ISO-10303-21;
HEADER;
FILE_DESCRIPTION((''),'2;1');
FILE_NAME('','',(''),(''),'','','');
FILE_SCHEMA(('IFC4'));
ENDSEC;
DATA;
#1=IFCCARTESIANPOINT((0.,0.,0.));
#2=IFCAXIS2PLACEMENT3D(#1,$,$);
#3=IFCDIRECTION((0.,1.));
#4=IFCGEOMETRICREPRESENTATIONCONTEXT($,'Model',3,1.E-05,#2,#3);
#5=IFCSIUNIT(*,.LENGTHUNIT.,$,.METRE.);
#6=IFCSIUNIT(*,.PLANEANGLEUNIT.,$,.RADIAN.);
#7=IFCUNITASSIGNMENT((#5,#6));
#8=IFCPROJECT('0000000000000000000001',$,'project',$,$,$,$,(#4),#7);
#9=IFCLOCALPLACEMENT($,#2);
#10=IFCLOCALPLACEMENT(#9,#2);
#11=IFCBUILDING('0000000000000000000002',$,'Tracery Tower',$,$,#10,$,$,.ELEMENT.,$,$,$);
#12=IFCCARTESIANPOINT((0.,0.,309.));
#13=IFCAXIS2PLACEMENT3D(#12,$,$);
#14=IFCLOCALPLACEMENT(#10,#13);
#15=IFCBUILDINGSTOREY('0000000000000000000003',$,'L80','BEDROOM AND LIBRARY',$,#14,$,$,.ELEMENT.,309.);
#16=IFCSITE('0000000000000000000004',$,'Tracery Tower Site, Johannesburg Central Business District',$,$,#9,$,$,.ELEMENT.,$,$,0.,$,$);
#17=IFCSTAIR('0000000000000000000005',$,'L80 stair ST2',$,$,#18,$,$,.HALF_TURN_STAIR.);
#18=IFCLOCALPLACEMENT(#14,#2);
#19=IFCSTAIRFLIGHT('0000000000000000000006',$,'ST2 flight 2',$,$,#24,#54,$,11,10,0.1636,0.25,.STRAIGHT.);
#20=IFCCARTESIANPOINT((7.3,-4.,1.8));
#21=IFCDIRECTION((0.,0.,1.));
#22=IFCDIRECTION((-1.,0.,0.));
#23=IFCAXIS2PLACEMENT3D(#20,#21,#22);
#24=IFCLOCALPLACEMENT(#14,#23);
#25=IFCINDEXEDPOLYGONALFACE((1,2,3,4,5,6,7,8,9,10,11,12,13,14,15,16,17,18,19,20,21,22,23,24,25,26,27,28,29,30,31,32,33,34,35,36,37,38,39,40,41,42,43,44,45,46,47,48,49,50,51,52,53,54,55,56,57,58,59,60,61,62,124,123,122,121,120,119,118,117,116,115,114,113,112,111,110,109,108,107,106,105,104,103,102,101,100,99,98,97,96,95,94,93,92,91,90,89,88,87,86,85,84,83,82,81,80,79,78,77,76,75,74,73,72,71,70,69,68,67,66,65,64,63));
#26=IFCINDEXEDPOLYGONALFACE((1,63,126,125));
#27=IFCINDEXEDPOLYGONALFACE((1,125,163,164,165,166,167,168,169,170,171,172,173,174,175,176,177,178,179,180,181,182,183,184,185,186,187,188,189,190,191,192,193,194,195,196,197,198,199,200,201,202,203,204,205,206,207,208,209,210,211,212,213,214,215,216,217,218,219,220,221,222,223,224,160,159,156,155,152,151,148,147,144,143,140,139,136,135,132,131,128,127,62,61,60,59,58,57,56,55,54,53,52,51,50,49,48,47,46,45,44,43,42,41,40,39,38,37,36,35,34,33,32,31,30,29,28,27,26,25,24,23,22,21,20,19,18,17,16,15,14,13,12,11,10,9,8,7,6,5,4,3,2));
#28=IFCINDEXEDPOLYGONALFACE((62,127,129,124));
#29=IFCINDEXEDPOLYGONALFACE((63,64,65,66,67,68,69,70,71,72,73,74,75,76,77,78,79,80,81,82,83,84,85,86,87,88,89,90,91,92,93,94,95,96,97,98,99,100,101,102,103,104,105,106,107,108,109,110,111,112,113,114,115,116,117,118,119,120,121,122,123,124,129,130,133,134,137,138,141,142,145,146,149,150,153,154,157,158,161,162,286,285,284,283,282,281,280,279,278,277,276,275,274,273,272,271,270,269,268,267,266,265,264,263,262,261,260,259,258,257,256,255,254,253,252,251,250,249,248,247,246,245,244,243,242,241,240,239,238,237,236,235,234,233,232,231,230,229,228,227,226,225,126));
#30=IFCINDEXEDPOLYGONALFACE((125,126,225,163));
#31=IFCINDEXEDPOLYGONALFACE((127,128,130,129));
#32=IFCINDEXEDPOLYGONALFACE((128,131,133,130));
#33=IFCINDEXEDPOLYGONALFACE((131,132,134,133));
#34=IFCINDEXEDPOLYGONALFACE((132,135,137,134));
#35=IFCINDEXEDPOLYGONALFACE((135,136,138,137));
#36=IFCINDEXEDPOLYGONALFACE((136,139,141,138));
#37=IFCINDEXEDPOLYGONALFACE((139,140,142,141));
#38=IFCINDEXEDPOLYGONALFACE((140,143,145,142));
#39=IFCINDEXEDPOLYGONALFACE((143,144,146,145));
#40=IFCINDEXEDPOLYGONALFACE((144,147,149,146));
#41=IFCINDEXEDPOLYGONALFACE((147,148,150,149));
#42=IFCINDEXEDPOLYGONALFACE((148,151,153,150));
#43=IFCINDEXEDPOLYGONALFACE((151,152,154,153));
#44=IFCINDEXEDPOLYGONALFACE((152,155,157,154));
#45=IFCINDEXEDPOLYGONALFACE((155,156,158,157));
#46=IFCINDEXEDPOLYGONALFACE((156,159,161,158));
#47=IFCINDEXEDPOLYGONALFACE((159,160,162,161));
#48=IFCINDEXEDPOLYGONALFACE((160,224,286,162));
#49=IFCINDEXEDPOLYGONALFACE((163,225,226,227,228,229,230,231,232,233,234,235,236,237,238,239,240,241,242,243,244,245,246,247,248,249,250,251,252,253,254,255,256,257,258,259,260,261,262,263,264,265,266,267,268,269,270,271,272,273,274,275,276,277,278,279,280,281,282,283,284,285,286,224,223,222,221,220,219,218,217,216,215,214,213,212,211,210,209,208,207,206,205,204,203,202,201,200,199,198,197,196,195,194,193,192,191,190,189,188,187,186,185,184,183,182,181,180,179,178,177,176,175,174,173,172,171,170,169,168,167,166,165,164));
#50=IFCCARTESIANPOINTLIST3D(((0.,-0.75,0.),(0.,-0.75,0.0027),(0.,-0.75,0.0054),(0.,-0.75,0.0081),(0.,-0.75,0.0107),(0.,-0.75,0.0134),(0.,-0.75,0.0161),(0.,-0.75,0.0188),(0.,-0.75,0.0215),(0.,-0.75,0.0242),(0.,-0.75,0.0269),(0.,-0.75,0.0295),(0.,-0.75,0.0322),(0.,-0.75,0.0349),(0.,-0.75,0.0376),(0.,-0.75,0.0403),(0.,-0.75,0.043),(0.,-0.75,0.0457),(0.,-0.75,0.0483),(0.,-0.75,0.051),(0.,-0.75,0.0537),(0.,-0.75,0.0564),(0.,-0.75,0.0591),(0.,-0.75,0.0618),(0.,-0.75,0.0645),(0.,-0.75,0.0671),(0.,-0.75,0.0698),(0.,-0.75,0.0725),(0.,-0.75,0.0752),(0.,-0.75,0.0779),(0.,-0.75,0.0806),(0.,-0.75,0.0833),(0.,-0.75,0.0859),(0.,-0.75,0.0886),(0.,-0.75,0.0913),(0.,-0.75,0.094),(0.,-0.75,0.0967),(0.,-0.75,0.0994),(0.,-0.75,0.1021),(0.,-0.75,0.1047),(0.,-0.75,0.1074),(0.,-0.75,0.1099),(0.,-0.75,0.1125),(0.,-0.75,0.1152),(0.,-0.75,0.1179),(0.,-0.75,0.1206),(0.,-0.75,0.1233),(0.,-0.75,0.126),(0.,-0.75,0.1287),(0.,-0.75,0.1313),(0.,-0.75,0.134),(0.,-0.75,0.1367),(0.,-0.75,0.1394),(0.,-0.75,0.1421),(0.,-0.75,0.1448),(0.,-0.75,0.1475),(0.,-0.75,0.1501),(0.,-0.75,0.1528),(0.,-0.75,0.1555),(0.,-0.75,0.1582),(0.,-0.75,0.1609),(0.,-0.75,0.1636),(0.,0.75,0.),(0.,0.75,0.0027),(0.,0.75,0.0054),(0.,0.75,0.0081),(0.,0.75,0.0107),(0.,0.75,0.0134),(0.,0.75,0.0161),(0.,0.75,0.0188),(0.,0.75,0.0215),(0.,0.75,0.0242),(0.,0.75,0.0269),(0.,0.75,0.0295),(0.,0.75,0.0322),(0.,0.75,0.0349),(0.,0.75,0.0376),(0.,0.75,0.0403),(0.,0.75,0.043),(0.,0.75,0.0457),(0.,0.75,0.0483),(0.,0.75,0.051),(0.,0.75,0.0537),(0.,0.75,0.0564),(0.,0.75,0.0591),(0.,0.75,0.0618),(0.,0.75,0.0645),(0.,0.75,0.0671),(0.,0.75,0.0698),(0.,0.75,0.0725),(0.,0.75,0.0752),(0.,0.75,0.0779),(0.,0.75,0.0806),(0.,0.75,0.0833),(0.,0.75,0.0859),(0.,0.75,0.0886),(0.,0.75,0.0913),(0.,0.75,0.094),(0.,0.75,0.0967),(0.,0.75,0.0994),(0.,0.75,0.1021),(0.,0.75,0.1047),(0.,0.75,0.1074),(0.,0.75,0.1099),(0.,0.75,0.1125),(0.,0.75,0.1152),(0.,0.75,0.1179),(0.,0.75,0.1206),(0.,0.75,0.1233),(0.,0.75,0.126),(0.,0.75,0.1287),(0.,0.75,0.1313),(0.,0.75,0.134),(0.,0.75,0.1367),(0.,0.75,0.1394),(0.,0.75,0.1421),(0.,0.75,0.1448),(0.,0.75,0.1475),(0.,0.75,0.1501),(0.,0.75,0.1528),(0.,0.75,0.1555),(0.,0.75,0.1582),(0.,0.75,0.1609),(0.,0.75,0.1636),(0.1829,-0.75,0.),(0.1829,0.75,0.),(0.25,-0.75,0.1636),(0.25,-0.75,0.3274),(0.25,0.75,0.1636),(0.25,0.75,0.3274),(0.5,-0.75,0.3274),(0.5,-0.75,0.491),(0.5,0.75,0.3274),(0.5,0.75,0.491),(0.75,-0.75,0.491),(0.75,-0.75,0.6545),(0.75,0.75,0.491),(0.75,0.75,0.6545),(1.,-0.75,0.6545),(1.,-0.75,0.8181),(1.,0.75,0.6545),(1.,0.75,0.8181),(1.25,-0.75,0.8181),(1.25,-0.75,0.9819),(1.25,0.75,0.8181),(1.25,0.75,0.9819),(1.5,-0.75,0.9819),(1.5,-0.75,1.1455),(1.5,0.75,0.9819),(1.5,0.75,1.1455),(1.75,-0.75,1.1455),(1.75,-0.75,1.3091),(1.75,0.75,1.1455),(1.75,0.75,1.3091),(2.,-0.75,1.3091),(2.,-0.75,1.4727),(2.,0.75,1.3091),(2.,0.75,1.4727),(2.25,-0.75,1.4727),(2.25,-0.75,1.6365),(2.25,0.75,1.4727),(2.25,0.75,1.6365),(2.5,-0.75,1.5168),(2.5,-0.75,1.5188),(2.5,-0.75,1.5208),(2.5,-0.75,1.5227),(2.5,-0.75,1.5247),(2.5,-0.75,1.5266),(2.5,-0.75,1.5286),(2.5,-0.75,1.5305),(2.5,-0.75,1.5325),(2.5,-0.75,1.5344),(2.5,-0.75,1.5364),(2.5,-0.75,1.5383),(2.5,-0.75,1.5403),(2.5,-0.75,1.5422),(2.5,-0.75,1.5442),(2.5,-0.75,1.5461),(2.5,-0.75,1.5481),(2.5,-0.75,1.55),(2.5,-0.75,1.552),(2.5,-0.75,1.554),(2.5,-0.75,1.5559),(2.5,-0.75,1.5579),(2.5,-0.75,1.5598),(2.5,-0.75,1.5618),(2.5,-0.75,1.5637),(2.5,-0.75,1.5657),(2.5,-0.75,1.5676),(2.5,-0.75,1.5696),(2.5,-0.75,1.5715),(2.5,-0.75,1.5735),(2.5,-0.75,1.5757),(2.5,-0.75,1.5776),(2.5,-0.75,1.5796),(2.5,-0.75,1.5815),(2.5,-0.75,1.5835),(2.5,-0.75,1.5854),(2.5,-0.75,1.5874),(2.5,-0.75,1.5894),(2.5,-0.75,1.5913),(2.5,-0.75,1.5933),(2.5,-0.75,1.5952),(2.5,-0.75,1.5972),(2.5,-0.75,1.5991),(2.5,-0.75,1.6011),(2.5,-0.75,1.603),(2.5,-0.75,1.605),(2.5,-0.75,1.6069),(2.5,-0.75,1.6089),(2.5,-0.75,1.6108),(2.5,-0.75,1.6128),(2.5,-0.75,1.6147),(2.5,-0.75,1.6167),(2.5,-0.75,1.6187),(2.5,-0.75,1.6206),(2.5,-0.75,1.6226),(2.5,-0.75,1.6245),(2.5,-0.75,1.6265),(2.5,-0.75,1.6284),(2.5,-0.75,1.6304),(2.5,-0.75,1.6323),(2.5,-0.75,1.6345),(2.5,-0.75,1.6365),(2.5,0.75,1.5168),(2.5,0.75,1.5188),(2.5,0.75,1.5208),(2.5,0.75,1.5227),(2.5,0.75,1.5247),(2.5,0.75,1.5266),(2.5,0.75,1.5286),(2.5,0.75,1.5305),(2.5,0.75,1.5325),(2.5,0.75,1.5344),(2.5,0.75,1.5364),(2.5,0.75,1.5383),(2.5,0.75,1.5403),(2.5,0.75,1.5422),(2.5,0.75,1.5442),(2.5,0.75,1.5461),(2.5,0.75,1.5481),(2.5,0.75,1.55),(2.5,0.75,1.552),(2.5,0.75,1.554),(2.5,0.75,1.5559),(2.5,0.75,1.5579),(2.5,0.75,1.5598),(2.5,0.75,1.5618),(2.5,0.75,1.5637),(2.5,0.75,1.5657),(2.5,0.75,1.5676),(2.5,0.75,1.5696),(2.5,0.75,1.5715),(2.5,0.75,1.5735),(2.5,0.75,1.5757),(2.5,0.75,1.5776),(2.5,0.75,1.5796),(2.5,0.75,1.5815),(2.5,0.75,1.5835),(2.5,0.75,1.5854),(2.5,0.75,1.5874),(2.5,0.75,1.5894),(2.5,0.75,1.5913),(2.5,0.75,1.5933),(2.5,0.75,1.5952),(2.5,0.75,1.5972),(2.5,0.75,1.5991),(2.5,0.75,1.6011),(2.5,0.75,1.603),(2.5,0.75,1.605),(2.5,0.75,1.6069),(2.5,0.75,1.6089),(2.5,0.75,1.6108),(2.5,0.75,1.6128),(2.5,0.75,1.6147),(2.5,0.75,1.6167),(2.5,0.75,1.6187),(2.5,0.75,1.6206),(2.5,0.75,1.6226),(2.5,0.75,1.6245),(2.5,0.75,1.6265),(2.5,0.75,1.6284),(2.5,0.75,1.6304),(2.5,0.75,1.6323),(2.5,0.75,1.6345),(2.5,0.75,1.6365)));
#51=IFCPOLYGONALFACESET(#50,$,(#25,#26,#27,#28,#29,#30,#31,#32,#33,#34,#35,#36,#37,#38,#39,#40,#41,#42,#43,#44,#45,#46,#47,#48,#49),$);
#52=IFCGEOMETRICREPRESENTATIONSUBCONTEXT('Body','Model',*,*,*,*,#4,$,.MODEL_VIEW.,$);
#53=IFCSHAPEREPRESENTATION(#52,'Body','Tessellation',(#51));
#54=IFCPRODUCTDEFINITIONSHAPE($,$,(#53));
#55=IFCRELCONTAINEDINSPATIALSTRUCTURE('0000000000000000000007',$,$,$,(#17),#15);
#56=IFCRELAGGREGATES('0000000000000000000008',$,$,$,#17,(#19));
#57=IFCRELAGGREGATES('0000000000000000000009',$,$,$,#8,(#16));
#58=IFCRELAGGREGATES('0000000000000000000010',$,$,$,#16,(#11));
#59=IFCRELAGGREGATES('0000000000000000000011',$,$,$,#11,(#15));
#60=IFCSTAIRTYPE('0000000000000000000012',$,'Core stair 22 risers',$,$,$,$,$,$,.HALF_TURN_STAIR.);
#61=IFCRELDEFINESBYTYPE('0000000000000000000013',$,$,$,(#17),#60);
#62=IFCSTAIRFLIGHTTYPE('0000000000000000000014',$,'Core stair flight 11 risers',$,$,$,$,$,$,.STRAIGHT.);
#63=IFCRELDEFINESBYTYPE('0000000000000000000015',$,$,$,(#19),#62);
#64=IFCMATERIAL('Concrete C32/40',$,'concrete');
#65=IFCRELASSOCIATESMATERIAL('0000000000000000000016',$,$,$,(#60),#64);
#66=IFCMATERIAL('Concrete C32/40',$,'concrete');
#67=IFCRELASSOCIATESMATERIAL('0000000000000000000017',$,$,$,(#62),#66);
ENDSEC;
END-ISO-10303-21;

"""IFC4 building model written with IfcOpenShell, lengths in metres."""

from ifc_helpers import new_model, si_unit, direction, frame, origin, place, context, subcontext, project, spatial, polyline, outline, extrude, material, type_object, element, aggregate, save


model = new_model("IFC4")

# Units and contexts
model_context = context("Model", 3, precision=1e-05, world=origin(), true_north=direction((0.0, 1.0)))
body_context = subcontext(model_context, "Body", "Model", "MODEL_VIEW")
ifc_project = project(units=[si_unit("LENGTHUNIT", "METRE"), si_unit("PLANEANGLEUNIT", "RADIAN")], contexts=[model_context])

# Site, building, storey
site_placement = place(None, origin())
site = spatial("IfcSite", under=ifc_project, at=site_placement, Name="Tracery Tower Site, Johannesburg Central Business District", CompositionType="ELEMENT", RefElevation=0.0)
building_placement = place(site_placement, origin())
building = spatial("IfcBuilding", under=site, at=building_placement, Name="Tracery Tower", CompositionType="ELEMENT")
storey_placement = place(building_placement, frame((0.0, 0.0, 309.0)))
storey = spatial("IfcBuildingStorey", under=building, at=storey_placement, Name="L80", Description="BEDROOM AND LIBRARY", CompositionType="ELEMENT", Elevation=309.0)

# Stair, stair flight
ifc_material_1 = material(Name="Concrete C32/40", Category="concrete")
stair_type = type_object("IfcStairType", Name="Core stair 22 risers", PredefinedType="HALF_TURN_STAIR", material=ifc_material_1)
stair_placement = place(storey_placement, origin())
stair = element("IfcStair", 1, at=stair_placement, inside=storey, type_object=stair_type, Name="L80 stair ST2", PredefinedType="HALF_TURN_STAIR")
ifc_material_2 = material(Name="Concrete C32/40", Category="concrete")
stair_flight_type = type_object("IfcStairFlightType", Name="Core stair flight 11 risers", PredefinedType="STRAIGHT", material=ifc_material_2)
stair_flight_placement = place(storey_placement, frame((7.3, -4.0, 1.8), z_axis=(0.0, 0.0, 1.0), x_axis=(-1.0, 0.0, 0.0)))
stair_flight = element("IfcStairFlight", 2, at=stair_flight_placement, type_object=stair_flight_type, Name="ST2 flight 2", NumberOfRisers=11, NumberOfTreads=10, PredefinedType="STRAIGHT", RiserHeight=0.1636, TreadLength=0.25, context=body_context, shape_type="SweptSolid", body=[
    extrude(outline(polyline([(0.0, 0.0), (0.0, 0.0027), (0.0, 0.0054), (0.0, 0.0081), (0.0, 0.0107), (0.0, 0.0134), (0.0, 0.0161), (0.0, 0.0188), (0.0, 0.0215), (0.0, 0.0242), (0.0, 0.0269), (0.0, 0.0295), (0.0, 0.0322), (0.0, 0.0349), (0.0, 0.0376), (0.0, 0.0403), (0.0, 0.043), (0.0, 0.0457), (0.0, 0.0483), (0.0, 0.051), (0.0, 0.0537), (0.0, 0.0564), (0.0, 0.0591), (0.0, 0.0618), (0.0, 0.0645), (0.0, 0.0671), (0.0, 0.0698), (0.0, 0.0725), (0.0, 0.0752), (0.0, 0.0779), (0.0, 0.0806), (0.0, 0.0833), (0.0, 0.0859), (0.0, 0.0886), (0.0, 0.0913), (0.0, 0.094), (0.0, 0.0967), (0.0, 0.0994), (0.0, 0.1021), (0.0, 0.1047), (0.0, 0.1074), (0.0, 0.1099), (0.0, 0.1125), (0.0, 0.1152), (0.0, 0.1179), (0.0, 0.1206), (0.0, 0.1233), (0.0, 0.126), (0.0, 0.1287), (0.0, 0.1313), (0.0, 0.134), (0.0, 0.1367), (0.0, 0.1394), (0.0, 0.1421), (0.0, 0.1448), (0.0, 0.1475), (0.0, 0.1501), (0.0, 0.1528), (0.0, 0.1555), (0.0, 0.1582), (0.0, 0.1609), (0.0, 0.1636), (0.25, 0.1636), (0.25, 0.3274), (0.5, 0.3274), (0.5, 0.491), (0.75, 0.491), (0.75, 0.6545), (1.0, 0.6545), (1.0, 0.8181), (1.25, 0.8181), (1.25, 0.9819), (1.5, 0.9819), (1.5, 1.1455), (1.75, 1.1455), (1.75, 1.3091), (2.0, 1.3091), (2.0, 1.4727), (2.25, 1.4727), (2.25, 1.6365), (2.5, 1.6365), (2.5, 1.6345), (2.5, 1.6323), (2.5, 1.6304), (2.5, 1.6284), (2.5, 1.6265), (2.5, 1.6245), (2.5, 1.6226), (2.5, 1.6206), (2.5, 1.6187), (2.5, 1.6167), (2.5, 1.6147), (2.5, 1.6128), (2.5, 1.6108), (2.5, 1.6089), (2.5, 1.6069), (2.5, 1.605), (2.5, 1.603), (2.5, 1.6011), (2.5, 1.5991), (2.5, 1.5972), (2.5, 1.5952), (2.5, 1.5933), (2.5, 1.5913), (2.5, 1.5894), (2.5, 1.5874), (2.5, 1.5854), (2.5, 1.5835), (2.5, 1.5815), (2.5, 1.5796), (2.5, 1.5776), (2.5, 1.5757), (2.5, 1.5735), (2.5, 1.5715), (2.5, 1.5696), (2.5, 1.5676), (2.5, 1.5657), (2.5, 1.5637), (2.5, 1.5618), (2.5, 1.5598), (2.5, 1.5579), (2.5, 1.5559), (2.5, 1.554), (2.5, 1.552), (2.5, 1.55), (2.5, 1.5481), (2.5, 1.5461), (2.5, 1.5442), (2.5, 1.5422), (2.5, 1.5403), (2.5, 1.5383), (2.5, 1.5364), (2.5, 1.5344), (2.5, 1.5325), (2.5, 1.5305), (2.5, 1.5286), (2.5, 1.5266), (2.5, 1.5247), (2.5, 1.5227), (2.5, 1.5208), (2.5, 1.5188), (2.5, 1.5168), (0.1829, 0.0), (0.0, 0.0)])), frame((0.0, 0.75, 0.0), z_axis=(0.0, -1.0, 0.0), x_axis=(1.0, 0.0, 0.0)), (0.0, 0.0, 1.0), 1.5),
])
aggregate(stair, [stair_flight])

save(model, "model.ifc")
